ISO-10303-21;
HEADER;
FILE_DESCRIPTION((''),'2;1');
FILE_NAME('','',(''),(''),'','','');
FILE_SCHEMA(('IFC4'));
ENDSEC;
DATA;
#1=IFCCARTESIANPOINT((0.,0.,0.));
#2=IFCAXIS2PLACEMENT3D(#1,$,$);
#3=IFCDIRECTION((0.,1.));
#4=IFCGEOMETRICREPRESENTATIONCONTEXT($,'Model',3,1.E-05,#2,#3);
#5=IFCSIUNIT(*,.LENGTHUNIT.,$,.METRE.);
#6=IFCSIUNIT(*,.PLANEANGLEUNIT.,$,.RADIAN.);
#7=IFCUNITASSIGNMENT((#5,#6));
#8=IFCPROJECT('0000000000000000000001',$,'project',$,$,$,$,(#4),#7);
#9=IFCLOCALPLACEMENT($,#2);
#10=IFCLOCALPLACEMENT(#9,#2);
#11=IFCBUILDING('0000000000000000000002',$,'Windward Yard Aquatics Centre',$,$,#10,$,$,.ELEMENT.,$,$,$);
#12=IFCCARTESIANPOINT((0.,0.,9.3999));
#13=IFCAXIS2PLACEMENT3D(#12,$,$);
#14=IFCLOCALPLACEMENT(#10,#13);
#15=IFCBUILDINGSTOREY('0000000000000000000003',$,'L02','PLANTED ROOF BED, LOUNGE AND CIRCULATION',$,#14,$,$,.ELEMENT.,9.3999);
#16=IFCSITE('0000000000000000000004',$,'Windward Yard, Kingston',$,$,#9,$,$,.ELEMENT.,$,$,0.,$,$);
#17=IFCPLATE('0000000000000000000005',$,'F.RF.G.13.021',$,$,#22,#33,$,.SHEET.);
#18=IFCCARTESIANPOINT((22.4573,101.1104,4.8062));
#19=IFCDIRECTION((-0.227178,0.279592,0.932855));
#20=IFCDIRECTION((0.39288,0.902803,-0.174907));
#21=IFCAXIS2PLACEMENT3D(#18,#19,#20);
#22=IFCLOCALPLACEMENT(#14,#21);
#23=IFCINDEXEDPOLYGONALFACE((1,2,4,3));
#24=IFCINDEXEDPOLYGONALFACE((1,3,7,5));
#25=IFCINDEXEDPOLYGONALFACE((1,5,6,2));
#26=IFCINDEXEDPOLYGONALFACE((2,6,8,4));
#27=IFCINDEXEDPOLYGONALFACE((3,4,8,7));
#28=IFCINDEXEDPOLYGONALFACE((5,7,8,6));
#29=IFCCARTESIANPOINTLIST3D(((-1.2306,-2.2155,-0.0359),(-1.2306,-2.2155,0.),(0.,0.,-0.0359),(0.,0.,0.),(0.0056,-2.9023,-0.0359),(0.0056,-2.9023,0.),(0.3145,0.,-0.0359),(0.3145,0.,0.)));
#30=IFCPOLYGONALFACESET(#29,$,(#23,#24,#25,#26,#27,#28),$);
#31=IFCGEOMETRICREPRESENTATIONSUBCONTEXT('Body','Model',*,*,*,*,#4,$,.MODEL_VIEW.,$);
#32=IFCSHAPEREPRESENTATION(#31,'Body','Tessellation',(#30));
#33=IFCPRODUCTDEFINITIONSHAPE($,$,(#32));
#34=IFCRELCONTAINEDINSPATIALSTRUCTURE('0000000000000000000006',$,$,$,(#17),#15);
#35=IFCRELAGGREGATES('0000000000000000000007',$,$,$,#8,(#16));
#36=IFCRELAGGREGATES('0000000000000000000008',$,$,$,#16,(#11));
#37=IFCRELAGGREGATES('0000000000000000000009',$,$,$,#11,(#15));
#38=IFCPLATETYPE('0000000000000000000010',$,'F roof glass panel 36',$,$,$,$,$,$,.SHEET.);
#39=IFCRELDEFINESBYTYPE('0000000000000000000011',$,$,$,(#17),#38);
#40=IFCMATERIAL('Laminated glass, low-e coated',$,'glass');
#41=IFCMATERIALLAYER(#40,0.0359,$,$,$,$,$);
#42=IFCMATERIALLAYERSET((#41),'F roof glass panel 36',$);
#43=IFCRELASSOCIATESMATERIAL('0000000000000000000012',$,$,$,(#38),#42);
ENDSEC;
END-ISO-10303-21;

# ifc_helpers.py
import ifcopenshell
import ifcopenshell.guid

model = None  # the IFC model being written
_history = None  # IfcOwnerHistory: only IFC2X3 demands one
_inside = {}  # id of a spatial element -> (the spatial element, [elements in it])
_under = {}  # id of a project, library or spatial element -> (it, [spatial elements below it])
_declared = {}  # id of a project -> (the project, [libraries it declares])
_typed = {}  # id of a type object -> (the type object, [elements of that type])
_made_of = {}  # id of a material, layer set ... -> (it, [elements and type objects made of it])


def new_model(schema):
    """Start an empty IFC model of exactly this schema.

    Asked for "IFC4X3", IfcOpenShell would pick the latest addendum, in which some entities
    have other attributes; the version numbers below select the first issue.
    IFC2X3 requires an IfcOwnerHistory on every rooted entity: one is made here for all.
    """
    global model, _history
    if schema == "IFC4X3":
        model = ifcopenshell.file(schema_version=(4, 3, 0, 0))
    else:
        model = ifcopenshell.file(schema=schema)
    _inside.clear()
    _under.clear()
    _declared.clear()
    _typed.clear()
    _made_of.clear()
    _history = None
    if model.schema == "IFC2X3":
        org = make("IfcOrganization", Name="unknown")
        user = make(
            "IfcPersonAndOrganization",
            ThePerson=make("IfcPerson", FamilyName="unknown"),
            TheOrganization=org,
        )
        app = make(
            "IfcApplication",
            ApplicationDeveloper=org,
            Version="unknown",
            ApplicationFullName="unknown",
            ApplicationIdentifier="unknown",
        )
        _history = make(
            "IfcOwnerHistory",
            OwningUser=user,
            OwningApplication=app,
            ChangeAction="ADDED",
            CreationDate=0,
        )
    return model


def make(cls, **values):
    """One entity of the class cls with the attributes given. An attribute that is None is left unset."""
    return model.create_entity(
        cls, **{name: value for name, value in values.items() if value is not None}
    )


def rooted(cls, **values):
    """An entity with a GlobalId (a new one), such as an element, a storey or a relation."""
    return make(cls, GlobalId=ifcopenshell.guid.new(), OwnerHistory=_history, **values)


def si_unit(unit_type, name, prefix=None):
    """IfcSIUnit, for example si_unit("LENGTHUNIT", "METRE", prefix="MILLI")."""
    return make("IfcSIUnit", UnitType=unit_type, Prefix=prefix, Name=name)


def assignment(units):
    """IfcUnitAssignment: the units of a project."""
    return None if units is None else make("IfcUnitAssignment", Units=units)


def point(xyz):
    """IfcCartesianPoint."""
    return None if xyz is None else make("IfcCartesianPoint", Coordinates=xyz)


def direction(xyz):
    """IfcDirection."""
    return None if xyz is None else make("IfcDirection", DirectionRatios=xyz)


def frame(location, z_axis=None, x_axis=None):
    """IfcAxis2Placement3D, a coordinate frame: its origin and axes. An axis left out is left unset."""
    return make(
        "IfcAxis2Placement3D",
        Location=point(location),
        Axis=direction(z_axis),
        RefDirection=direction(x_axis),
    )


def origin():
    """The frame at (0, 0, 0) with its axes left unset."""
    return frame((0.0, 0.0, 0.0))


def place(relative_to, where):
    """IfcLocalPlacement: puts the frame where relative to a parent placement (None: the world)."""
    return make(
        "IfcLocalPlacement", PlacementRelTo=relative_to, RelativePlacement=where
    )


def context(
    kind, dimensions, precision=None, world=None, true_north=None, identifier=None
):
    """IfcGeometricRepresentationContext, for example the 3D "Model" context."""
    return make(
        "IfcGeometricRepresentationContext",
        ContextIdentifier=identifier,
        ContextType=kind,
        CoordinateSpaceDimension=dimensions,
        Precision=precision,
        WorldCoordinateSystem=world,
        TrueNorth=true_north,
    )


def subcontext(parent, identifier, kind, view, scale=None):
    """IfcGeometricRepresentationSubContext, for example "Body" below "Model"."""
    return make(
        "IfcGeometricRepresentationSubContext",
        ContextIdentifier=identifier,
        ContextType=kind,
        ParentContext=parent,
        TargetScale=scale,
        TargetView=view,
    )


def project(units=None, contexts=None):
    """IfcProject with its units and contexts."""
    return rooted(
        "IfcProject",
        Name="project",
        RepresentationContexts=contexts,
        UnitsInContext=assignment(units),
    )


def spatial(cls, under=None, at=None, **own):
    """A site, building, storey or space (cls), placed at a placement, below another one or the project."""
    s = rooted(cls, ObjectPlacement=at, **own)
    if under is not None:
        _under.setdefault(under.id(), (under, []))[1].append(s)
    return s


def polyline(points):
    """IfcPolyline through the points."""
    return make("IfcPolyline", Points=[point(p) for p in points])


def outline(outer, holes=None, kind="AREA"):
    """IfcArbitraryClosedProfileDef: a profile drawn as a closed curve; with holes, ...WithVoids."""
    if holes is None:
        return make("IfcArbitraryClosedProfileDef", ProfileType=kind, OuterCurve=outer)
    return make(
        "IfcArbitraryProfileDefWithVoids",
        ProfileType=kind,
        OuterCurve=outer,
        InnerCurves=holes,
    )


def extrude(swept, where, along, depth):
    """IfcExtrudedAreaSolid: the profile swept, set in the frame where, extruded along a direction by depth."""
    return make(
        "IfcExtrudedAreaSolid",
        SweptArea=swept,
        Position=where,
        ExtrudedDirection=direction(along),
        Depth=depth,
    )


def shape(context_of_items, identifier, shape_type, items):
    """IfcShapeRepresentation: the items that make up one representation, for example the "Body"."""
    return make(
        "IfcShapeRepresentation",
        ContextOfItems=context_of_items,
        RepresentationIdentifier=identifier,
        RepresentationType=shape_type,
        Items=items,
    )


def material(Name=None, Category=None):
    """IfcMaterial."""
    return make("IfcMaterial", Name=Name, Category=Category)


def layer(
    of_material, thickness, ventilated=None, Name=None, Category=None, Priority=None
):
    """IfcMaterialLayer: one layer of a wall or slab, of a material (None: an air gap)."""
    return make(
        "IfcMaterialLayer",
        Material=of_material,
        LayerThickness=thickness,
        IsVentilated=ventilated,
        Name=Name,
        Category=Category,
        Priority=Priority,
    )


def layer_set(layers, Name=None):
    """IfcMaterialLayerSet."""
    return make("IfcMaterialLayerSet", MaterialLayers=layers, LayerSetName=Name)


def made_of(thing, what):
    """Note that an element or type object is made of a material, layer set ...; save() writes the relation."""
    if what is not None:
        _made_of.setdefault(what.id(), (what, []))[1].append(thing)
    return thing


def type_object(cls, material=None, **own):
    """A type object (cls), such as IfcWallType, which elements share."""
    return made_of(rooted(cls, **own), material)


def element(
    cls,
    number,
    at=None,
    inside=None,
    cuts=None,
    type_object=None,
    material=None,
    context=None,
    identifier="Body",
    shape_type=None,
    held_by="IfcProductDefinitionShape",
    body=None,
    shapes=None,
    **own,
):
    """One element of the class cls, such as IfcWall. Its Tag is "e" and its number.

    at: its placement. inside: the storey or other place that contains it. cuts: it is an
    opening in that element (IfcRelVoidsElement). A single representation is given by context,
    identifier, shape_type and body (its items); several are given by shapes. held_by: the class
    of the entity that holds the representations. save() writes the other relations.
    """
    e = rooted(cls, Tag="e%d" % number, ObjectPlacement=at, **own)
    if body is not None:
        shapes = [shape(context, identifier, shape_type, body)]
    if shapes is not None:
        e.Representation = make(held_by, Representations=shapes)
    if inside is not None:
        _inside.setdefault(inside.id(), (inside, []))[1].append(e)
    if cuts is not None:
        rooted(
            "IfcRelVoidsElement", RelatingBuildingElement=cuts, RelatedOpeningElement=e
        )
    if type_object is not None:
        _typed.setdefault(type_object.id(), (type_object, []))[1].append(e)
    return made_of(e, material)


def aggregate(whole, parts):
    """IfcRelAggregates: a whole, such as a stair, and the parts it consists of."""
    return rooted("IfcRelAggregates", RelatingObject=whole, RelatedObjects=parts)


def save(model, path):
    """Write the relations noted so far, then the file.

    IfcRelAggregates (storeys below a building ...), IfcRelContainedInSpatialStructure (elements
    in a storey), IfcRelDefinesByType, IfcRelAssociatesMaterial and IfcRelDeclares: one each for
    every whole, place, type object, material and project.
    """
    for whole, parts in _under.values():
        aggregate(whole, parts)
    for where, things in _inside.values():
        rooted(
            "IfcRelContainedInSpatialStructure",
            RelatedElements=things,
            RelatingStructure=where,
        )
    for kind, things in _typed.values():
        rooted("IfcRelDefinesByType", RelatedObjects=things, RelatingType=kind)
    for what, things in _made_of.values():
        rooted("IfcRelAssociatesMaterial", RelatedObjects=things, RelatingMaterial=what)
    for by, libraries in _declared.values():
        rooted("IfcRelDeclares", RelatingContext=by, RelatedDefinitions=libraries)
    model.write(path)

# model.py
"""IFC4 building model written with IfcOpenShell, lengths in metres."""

from ifc_helpers import new_model, si_unit, direction, frame, origin, place, context, subcontext, project, spatial, polyline, outline, extrude, material, layer, layer_set, type_object, element, save


model = new_model("IFC4")

# Units and contexts
model_context = context("Model", 3, precision=1e-05, world=origin(), true_north=direction((0.0, 1.0)))
body_context = subcontext(model_context, "Body", "Model", "MODEL_VIEW")
ifc_project = project(units=[si_unit("LENGTHUNIT", "METRE"), si_unit("PLANEANGLEUNIT", "RADIAN")], contexts=[model_context])

# Site, building, storey
site_placement = place(None, origin())
site = spatial("IfcSite", under=ifc_project, at=site_placement, Name="Windward Yard, Kingston", CompositionType="ELEMENT", RefElevation=0.0)
building_placement = place(site_placement, origin())
building = spatial("IfcBuilding", under=site, at=building_placement, Name="Windward Yard Aquatics Centre", CompositionType="ELEMENT")
storey_placement = place(building_placement, frame((0.0, 0.0, 9.3999)))
storey = spatial("IfcBuildingStorey", under=building, at=storey_placement, Name="L02", Description="PLANTED ROOF BED, LOUNGE AND CIRCULATION", CompositionType="ELEMENT", Elevation=9.3999)

# Plate
ifc_material_1 = material(Name="Laminated glass, low-e coated", Category="glass")
ifc_layer_1 = layer(ifc_material_1, 0.0359)
ifc_layer_set_1 = layer_set([ifc_layer_1], Name="F roof glass panel 36")
plate_type = type_object("IfcPlateType", Name="F roof glass panel 36", PredefinedType="SHEET", material=ifc_layer_set_1)
plate_1_placement = place(storey_placement, frame((22.4573, 101.1104, 4.8062), z_axis=(-0.227178, 0.279592, 0.932855), x_axis=(0.39288, 0.902803, -0.174907)))
element("IfcPlate", 1, at=plate_1_placement, inside=storey, type_object=plate_type, Name="F.RF.G.13.021", PredefinedType="SHEET", context=body_context, shape_type="SweptSolid", body=[
    extrude(outline(polyline([(0.0, 0.0), (0.3145, 0.0), (0.0056, -2.9023), (-1.2306, -2.2155), (0.0, 0.0)])), origin(), (0.0, 0.0, -1.0), 0.0359),
])

save(model, "model.ifc")
